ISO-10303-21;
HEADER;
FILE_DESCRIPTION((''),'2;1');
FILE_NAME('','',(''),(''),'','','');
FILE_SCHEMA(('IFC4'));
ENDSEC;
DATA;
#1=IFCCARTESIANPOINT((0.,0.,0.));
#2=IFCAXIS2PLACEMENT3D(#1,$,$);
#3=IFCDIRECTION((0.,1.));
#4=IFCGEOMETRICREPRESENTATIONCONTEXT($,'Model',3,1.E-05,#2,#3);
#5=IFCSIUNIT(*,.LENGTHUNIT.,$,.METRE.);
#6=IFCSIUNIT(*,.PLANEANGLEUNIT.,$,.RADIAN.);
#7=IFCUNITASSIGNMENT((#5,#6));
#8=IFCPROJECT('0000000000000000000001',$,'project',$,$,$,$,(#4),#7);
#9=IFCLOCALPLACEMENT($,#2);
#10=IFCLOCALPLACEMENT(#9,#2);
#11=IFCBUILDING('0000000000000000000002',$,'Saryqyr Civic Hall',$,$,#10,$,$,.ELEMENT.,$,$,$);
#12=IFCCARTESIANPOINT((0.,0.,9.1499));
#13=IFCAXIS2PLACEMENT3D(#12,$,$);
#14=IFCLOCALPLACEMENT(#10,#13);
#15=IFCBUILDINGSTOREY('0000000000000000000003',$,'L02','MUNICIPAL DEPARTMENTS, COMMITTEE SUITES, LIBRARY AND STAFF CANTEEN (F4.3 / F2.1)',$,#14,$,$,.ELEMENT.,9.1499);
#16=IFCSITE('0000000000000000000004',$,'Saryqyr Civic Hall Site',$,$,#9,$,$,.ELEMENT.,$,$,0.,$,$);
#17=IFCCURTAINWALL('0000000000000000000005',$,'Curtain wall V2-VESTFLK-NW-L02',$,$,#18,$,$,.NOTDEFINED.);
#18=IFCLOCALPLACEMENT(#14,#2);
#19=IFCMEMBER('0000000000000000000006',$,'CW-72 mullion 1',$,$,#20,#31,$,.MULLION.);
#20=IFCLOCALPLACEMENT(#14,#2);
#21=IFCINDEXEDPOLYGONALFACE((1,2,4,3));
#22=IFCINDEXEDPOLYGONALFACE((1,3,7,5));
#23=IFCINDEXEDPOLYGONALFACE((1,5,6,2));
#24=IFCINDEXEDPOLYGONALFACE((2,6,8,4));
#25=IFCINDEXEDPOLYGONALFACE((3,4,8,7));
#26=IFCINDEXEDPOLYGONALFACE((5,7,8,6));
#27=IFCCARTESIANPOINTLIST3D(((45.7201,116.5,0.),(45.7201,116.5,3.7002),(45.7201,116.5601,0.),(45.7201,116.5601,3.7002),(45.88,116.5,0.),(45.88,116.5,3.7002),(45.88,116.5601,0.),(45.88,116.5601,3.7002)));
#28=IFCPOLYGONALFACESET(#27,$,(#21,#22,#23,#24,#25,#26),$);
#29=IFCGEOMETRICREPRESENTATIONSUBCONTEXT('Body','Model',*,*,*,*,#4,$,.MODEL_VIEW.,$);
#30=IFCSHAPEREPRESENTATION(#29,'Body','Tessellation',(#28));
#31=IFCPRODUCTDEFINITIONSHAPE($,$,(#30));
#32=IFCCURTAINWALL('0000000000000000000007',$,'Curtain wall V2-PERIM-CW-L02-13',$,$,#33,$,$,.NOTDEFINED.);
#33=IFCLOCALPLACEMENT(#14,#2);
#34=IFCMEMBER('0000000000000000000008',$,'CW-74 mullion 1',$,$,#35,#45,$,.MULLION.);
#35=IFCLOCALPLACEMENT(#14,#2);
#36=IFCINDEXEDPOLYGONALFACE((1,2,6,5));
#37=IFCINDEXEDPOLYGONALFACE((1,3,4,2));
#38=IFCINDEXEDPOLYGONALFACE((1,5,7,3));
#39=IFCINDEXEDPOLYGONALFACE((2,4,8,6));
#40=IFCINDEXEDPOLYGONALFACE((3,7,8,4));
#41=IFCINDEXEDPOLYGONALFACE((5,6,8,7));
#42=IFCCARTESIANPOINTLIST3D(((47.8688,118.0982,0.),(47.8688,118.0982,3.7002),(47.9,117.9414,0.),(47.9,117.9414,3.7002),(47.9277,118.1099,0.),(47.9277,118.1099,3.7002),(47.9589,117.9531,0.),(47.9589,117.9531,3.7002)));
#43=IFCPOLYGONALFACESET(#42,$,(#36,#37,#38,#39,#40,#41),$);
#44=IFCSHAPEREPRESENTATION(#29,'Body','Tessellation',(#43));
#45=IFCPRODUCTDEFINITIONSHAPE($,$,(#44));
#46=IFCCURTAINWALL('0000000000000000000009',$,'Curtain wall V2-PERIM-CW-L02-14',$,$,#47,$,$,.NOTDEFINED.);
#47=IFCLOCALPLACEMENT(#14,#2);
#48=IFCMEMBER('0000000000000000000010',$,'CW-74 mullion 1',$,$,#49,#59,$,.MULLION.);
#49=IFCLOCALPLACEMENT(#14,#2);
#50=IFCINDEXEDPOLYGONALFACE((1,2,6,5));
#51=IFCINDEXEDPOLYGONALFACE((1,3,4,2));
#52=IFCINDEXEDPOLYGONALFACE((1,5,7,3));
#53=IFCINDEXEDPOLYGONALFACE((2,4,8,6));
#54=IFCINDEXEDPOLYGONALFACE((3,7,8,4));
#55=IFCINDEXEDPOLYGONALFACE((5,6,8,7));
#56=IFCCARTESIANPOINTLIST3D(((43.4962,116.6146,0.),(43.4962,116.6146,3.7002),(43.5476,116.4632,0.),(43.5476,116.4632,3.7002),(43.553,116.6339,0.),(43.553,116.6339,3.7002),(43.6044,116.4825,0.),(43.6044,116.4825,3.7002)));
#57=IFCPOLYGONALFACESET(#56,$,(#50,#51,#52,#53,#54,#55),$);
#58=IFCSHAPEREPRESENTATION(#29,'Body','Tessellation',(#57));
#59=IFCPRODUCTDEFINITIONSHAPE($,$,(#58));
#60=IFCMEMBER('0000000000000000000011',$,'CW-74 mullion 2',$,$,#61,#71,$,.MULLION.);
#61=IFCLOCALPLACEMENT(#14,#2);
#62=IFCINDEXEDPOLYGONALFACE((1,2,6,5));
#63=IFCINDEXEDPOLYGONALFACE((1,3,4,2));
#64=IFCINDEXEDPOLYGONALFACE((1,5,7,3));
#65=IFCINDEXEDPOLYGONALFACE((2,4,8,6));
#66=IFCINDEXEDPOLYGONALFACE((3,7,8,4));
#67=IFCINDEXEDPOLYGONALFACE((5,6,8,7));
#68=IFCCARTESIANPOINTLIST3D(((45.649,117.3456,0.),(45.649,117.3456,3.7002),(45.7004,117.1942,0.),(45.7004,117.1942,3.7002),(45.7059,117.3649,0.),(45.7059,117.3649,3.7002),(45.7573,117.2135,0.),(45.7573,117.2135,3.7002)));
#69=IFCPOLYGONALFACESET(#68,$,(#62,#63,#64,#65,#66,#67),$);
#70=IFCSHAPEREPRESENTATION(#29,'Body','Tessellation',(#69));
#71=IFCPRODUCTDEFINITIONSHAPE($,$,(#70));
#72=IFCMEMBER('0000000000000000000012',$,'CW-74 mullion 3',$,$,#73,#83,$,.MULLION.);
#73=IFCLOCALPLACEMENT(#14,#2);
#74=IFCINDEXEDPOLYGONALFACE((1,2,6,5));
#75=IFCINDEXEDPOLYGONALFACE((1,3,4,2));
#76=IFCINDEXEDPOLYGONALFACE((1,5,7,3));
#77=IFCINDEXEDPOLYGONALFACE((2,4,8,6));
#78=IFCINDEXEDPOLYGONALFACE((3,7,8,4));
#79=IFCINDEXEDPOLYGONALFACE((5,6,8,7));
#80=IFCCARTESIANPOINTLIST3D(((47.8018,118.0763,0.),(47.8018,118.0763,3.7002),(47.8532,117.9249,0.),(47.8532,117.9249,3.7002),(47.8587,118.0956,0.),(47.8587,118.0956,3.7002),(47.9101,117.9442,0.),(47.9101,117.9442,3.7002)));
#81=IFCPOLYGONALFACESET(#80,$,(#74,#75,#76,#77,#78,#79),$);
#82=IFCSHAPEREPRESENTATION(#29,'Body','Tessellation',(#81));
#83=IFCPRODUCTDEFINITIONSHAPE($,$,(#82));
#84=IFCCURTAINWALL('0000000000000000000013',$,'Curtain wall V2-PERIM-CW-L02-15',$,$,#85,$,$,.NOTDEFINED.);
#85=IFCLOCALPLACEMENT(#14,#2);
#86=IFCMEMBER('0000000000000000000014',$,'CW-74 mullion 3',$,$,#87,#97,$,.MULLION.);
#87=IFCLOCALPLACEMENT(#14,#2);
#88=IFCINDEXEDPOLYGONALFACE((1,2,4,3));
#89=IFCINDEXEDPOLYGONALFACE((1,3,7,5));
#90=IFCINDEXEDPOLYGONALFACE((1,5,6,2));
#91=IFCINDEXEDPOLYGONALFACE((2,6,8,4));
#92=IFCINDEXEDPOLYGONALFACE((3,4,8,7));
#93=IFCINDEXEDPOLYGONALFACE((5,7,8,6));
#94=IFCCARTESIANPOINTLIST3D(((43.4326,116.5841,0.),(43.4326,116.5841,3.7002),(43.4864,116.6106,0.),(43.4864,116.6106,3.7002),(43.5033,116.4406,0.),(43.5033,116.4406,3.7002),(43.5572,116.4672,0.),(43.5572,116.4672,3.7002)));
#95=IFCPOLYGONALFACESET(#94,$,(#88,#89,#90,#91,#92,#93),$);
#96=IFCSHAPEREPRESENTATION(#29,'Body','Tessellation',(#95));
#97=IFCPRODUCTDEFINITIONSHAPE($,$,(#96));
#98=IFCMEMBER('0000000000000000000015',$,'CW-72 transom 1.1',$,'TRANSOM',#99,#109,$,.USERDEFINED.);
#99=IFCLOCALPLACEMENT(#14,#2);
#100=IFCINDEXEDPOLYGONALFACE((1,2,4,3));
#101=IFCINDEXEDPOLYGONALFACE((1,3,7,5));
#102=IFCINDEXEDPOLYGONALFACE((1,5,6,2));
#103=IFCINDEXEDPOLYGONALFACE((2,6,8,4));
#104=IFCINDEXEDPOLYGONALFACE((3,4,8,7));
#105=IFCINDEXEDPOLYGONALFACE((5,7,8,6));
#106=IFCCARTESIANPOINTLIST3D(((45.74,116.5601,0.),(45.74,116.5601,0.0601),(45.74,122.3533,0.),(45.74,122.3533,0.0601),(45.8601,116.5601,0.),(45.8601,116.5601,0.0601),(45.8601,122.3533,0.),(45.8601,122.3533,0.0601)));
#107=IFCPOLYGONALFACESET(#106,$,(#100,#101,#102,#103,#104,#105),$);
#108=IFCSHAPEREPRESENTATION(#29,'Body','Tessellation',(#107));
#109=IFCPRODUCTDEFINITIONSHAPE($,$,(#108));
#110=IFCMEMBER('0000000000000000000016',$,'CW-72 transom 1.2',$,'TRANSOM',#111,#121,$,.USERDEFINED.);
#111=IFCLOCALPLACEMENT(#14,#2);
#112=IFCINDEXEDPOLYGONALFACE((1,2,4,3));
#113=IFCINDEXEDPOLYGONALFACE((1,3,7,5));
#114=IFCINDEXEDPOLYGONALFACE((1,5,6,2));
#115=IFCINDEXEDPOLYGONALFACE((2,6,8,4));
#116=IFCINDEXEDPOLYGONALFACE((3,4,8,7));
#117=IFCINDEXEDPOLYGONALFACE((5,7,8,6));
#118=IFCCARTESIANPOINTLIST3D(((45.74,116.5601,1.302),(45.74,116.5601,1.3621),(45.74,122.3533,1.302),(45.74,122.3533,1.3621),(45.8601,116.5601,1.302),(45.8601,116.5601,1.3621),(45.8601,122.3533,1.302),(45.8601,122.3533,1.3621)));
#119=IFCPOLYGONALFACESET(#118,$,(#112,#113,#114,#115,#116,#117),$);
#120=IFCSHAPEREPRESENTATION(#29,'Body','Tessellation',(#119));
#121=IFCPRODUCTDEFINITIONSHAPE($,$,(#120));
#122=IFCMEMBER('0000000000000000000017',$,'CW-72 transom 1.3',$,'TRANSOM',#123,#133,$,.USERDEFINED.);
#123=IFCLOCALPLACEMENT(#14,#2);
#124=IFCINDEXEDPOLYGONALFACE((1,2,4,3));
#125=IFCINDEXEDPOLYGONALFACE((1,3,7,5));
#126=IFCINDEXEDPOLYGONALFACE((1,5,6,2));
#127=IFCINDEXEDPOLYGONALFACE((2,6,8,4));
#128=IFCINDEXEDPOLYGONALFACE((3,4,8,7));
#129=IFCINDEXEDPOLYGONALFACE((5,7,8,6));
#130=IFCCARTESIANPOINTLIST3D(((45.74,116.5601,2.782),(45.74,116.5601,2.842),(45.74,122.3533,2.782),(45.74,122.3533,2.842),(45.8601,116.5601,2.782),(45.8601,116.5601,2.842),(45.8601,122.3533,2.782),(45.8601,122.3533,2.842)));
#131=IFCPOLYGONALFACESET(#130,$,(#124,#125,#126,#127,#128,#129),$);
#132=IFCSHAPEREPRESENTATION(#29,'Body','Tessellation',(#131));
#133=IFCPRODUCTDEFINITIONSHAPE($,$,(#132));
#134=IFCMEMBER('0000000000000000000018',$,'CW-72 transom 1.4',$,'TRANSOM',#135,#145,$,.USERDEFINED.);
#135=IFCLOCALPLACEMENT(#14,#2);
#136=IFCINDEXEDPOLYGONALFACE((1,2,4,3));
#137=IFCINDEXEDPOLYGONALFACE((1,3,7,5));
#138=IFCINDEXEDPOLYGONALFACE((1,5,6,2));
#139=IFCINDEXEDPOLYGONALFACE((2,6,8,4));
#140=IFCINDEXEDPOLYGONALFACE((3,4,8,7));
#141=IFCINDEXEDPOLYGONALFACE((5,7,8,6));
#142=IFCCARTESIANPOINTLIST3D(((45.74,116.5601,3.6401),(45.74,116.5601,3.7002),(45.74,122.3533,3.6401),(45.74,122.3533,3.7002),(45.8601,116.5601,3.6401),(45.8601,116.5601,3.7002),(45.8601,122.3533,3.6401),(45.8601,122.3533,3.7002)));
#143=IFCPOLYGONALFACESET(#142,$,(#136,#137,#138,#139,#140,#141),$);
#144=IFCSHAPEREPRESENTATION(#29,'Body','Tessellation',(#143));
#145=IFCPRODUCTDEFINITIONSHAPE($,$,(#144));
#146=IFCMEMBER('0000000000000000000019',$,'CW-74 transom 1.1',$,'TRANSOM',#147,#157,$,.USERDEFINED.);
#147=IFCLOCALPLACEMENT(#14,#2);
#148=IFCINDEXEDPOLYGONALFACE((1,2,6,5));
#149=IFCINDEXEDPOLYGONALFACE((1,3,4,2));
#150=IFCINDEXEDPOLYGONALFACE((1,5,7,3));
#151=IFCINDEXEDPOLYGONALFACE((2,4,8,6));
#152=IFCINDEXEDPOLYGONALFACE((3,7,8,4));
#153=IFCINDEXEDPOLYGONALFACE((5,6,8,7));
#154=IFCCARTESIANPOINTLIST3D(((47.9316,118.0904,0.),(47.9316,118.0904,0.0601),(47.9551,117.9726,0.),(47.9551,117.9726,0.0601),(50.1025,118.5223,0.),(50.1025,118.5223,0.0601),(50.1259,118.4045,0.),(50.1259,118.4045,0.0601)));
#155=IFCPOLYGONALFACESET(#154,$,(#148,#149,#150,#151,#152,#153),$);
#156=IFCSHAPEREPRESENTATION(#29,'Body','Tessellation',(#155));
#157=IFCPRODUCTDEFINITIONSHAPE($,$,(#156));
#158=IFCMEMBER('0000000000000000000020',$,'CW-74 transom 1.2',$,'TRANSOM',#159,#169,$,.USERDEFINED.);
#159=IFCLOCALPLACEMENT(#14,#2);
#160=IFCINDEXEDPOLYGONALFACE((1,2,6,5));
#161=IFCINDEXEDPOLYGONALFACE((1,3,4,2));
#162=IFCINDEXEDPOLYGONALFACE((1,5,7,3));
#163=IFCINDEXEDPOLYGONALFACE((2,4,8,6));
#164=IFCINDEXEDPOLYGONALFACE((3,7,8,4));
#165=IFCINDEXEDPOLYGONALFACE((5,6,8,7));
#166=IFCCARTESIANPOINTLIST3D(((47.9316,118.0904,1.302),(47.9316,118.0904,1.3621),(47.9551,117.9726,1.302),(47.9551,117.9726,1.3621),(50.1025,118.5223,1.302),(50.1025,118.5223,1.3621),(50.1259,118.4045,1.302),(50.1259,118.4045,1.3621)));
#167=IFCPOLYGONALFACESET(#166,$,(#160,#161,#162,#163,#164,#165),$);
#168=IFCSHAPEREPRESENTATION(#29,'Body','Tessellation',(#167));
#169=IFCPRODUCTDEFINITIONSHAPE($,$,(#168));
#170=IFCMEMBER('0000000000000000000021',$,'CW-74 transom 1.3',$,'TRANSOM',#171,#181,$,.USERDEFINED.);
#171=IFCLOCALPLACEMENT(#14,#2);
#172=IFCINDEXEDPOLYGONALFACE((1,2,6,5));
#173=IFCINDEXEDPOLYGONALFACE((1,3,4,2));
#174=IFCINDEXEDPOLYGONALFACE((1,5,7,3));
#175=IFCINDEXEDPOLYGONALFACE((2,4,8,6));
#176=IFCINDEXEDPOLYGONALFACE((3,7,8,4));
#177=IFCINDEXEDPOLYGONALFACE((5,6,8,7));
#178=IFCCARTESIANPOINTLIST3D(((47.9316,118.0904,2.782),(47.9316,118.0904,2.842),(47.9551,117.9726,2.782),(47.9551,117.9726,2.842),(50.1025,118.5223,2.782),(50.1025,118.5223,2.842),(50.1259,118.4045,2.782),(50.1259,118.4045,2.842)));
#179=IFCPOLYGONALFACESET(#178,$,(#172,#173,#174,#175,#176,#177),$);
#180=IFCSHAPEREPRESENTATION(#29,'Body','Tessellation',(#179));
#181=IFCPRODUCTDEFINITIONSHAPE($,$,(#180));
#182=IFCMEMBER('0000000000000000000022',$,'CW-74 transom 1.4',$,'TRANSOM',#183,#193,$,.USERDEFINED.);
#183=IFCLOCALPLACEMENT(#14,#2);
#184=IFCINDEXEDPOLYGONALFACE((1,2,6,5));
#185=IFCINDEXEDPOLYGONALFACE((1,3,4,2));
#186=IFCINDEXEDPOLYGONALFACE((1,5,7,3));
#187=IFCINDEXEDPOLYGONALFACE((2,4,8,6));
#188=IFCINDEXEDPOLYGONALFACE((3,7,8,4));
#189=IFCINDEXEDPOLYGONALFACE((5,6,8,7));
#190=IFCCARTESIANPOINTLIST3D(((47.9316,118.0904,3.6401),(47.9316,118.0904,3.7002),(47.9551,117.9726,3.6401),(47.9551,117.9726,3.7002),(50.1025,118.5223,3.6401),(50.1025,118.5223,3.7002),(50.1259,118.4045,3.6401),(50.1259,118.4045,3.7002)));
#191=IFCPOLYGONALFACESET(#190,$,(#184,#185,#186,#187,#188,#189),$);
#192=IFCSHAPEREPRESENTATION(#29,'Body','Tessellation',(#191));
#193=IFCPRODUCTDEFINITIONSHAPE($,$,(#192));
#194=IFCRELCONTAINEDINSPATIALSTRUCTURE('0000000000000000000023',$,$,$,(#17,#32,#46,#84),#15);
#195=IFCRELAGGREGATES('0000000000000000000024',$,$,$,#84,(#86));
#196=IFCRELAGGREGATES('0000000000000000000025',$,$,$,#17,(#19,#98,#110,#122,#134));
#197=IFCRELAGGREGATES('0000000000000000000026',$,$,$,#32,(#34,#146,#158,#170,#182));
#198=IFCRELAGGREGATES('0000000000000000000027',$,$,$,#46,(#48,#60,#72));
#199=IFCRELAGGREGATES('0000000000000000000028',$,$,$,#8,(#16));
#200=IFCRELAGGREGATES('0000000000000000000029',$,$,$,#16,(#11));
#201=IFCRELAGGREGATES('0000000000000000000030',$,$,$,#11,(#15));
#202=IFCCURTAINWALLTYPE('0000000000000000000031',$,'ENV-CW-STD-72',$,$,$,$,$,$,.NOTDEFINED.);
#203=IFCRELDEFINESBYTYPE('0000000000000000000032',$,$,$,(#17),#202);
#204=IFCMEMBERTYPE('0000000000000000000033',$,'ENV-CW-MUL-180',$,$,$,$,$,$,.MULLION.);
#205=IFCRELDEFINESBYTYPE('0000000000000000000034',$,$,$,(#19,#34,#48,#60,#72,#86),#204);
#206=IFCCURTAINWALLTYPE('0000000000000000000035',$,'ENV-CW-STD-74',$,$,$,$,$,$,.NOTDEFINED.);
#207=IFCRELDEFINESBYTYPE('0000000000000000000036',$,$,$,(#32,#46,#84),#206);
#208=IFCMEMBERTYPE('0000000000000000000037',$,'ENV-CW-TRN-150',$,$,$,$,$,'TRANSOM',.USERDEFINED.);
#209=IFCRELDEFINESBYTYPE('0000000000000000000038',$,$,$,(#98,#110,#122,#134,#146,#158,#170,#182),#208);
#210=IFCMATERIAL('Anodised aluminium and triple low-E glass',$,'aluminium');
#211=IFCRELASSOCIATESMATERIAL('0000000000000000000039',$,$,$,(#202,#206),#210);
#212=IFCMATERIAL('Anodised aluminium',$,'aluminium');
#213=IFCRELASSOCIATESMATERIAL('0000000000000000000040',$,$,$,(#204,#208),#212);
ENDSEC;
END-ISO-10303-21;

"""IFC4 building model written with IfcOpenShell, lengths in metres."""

from ifc_helpers import new_model, si_unit, direction, frame, origin, origin_2d, place, context, subcontext, project, spatial, rectangle, extrude, material, material_profile, profile_set, type_object, element, aggregate, save


model = new_model("IFC4")

# Units and contexts
model_context = context("Model", 3, precision=1e-05, world=origin(), true_north=direction((0.0, 1.0)))
body_context = subcontext(model_context, "Body", "Model", "MODEL_VIEW")
ifc_project = project(units=[si_unit("LENGTHUNIT", "METRE"), si_unit("PLANEANGLEUNIT", "RADIAN")], contexts=[model_context])

# Site, building, storey
site_placement = place(None, origin())
site = spatial("IfcSite", under=ifc_project, at=site_placement, Name="Saryqyr Civic Hall Site", CompositionType="ELEMENT", RefElevation=0.0)
building_placement = place(site_placement, origin())
building = spatial("IfcBuilding", under=site, at=building_placement, Name="Saryqyr Civic Hall", CompositionType="ELEMENT")
storey_placement = place(building_placement, frame((0.0, 0.0, 9.1499)))
storey = spatial("IfcBuildingStorey", under=building, at=storey_placement, Name="L02", Description="MUNICIPAL DEPARTMENTS, COMMITTEE SUITES, LIBRARY AND STAFF CANTEEN (F4.3 / F2.1)", CompositionType="ELEMENT", Elevation=9.1499)

# Curtain walls, members
ifc_material_1 = material(Name="Anodised aluminium and triple low-E glass", Category="aluminium")
curtain_wall_type_1 = type_object("IfcCurtainWallType", Name="ENV-CW-STD-72", PredefinedType="NOTDEFINED", material=ifc_material_1)
curtain_wall_1_placement = place(storey_placement, origin())
curtain_wall_1 = element("IfcCurtainWall", 1, at=curtain_wall_1_placement, inside=storey, type_object=curtain_wall_type_1, Name="Curtain wall V2-VESTFLK-NW-L02", PredefinedType="NOTDEFINED")
ifc_material_2 = material(Name="Anodised aluminium", Category="aluminium")
ifc_material_profile_1 = material_profile(ifc_material_2, rectangle(XDim=0.0601, YDim=0.1599, at=origin_2d()), Name="ALU MULLION 60x160")
ifc_profile_set_1 = profile_set([ifc_material_profile_1], Name="Anodised aluminium")
member_type_1 = type_object("IfcMemberType", Name="ENV-CW-MUL-180", PredefinedType="MULLION", material=ifc_profile_set_1)
member_1_placement = place(storey_placement, frame((45.8, 116.53, 0.0), z_axis=(0.0, 0.0, 1.0), x_axis=(0.0, 1.0, 0.0)))
member_1 = element("IfcMember", 2, at=member_1_placement, type_object=member_type_1, Name="CW-72 mullion 1", PredefinedType="MULLION", context=body_context, shape_type="SweptSolid", body=[
    extrude(rectangle(XDim=0.0601, YDim=0.1599, at=origin_2d()), origin(), (0.0, 0.0, 1.0), 3.7002),
])
curtain_wall_type_2 = type_object("IfcCurtainWallType", Name="ENV-CW-STD-74", PredefinedType="NOTDEFINED", material=ifc_material_1)
curtain_wall_2_placement = place(storey_placement, origin())
curtain_wall_2 = element("IfcCurtainWall", 3, at=curtain_wall_2_placement, inside=storey, type_object=curtain_wall_type_2, Name="Curtain wall V2-PERIM-CW-L02-13", PredefinedType="NOTDEFINED")
member_2_placement = place(storey_placement, frame((47.9138, 118.0256, 0.0), z_axis=(0.0, 0.0, 1.0), x_axis=(0.980785, 0.195093, 0.0)))
member_2 = element("IfcMember", 4, at=member_2_placement, type_object=member_type_1, Name="CW-74 mullion 1", PredefinedType="MULLION", context=body_context, shape_type="SweptSolid", body=[
    extrude(rectangle(XDim=0.0601, YDim=0.1599, at=origin_2d()), origin(), (0.0, 0.0, 1.0), 3.7002),
])

# Curtain wall, members
curtain_wall_3_placement = place(storey_placement, origin())
curtain_wall_3 = element("IfcCurtainWall", 5, at=curtain_wall_3_placement, inside=storey, type_object=curtain_wall_type_2, Name="Curtain wall V2-PERIM-CW-L02-14", PredefinedType="NOTDEFINED")
member_3_placement = place(storey_placement, frame((43.5503, 116.5486, 0.0), z_axis=(0.0, 0.0, 1.0), x_axis=(0.946928, 0.321445, 0.0)))
member_3 = element("IfcMember", 6, at=member_3_placement, type_object=member_type_1, Name="CW-74 mullion 1", PredefinedType="MULLION", context=body_context, shape_type="SweptSolid", body=[
    extrude(rectangle(XDim=0.0601, YDim=0.1599, at=origin_2d()), origin(), (0.0, 0.0, 1.0), 3.7002),
])
member_4_placement = place(storey_placement, frame((45.7031, 117.2795, 0.0), z_axis=(0.0, 0.0, 1.0), x_axis=(0.946928, 0.321445, 0.0)))
member_4 = element("IfcMember", 7, at=member_4_placement, type_object=member_type_1, Name="CW-74 mullion 2", PredefinedType="MULLION", context=body_context, shape_type="SweptSolid", body=[
    extrude(rectangle(XDim=0.0601, YDim=0.1599, at=origin_2d()), origin(), (0.0, 0.0, 1.0), 3.7002),
])
member_5_placement = place(storey_placement, frame((47.856, 118.0103, 0.0), z_axis=(0.0, 0.0, 1.0), x_axis=(0.946928, 0.321445, 0.0)))
member_5 = element("IfcMember", 8, at=member_5_placement, type_object=member_type_1, Name="CW-74 mullion 3", PredefinedType="MULLION", context=body_context, shape_type="SweptSolid", body=[
    extrude(rectangle(XDim=0.0601, YDim=0.1599, at=origin_2d()), origin(), (0.0, 0.0, 1.0), 3.7002),
])

# Curtain wall, member
curtain_wall_4_placement = place(storey_placement, origin())
curtain_wall_4 = element("IfcCurtainWall", 9, at=curtain_wall_4_placement, inside=storey, type_object=curtain_wall_type_2, Name="Curtain wall V2-PERIM-CW-L02-15", PredefinedType="NOTDEFINED")
member_6_placement = place(storey_placement, frame((43.4949, 116.5256, 0.0), z_axis=(0.0, 0.0, 1.0), x_axis=(0.896875, 0.442284, 0.0)))
member_6 = element("IfcMember", 10, at=member_6_placement, type_object=member_type_1, Name="CW-74 mullion 3", PredefinedType="MULLION", context=body_context, shape_type="SweptSolid", body=[
    extrude(rectangle(XDim=0.0601, YDim=0.1599, at=origin_2d()), origin(), (0.0, 0.0, 1.0), 3.7002),
])
aggregate(curtain_wall_4, [member_6])

# Members
ifc_material_profile_2 = material_profile(ifc_material_2, rectangle(XDim=0.1201, YDim=0.0601, at=origin_2d()), Name="ALU TRANSOM 120x60")
ifc_profile_set_2 = profile_set([ifc_material_profile_2], Name="Anodised aluminium")
member_type_2 = type_object("IfcMemberType", Name="ENV-CW-TRN-150", ElementType="TRANSOM", PredefinedType="USERDEFINED", material=ifc_profile_set_2)
member_7_placement = place(storey_placement, frame((45.8, 116.5601, 0.03), z_axis=(0.0, 1.0, 0.0), x_axis=(-1.0, 0.0, 0.0)))
member_7 = element("IfcMember", 11, at=member_7_placement, type_object=member_type_2, Name="CW-72 transom 1.1", ObjectType="TRANSOM", PredefinedType="USERDEFINED", context=body_context, shape_type="SweptSolid", body=[
    extrude(rectangle(XDim=0.1201, YDim=0.0601, at=origin_2d()), origin(), (0.0, 0.0, 1.0), 5.7932),
])
member_8_placement = place(storey_placement, frame((45.8, 116.5601, 1.332), z_axis=(0.0, 1.0, 0.0), x_axis=(-1.0, 0.0, 0.0)))
member_8 = element("IfcMember", 12, at=member_8_placement, type_object=member_type_2, Name="CW-72 transom 1.2", ObjectType="TRANSOM", PredefinedType="USERDEFINED", context=body_context, shape_type="SweptSolid", body=[
    extrude(rectangle(XDim=0.1201, YDim=0.0601, at=origin_2d()), origin(), (0.0, 0.0, 1.0), 5.7932),
])
member_9_placement = place(storey_placement, frame((45.8, 116.5601, 2.812), z_axis=(0.0, 1.0, 0.0), x_axis=(-1.0, 0.0, 0.0)))
member_9 = element("IfcMember", 13, at=member_9_placement, type_object=member_type_2, Name="CW-72 transom 1.3", ObjectType="TRANSOM", PredefinedType="USERDEFINED", context=body_context, shape_type="SweptSolid", body=[
    extrude(rectangle(XDim=0.1201, YDim=0.0601, at=origin_2d()), origin(), (0.0, 0.0, 1.0), 5.7932),
])
member_10_placement = place(storey_placement, frame((45.8, 116.5601, 3.6702), z_axis=(0.0, 1.0, 0.0), x_axis=(-1.0, 0.0, 0.0)))
member_10 = element("IfcMember", 14, at=member_10_placement, type_object=member_type_2, Name="CW-72 transom 1.4", ObjectType="TRANSOM", PredefinedType="USERDEFINED", context=body_context, shape_type="SweptSolid", body=[
    extrude(rectangle(XDim=0.1201, YDim=0.0601, at=origin_2d()), origin(), (0.0, 0.0, 1.0), 5.7932),
])
aggregate(curtain_wall_1, [member_1, member_7, member_8, member_9, member_10])
member_11_placement = place(storey_placement, frame((47.9434, 118.0315, 0.03), z_axis=(0.98078, 0.195119, 0.0), x_axis=(-0.195119, 0.98078, 0.0)))
member_11 = element("IfcMember", 15, at=member_11_placement, type_object=member_type_2, Name="CW-74 transom 1.1", ObjectType="TRANSOM", PredefinedType="USERDEFINED", context=body_context, shape_type="SweptSolid", body=[
    extrude(rectangle(XDim=0.1201, YDim=0.0601, at=origin_2d()), origin(), (0.0, 0.0, 1.0), 2.2134),
])
member_12_placement = place(storey_placement, frame((47.9434, 118.0315, 1.332), z_axis=(0.98078, 0.195119, 0.0), x_axis=(-0.195119, 0.98078, 0.0)))
member_12 = element("IfcMember", 16, at=member_12_placement, type_object=member_type_2, Name="CW-74 transom 1.2", ObjectType="TRANSOM", PredefinedType="USERDEFINED", context=body_context, shape_type="SweptSolid", body=[
    extrude(rectangle(XDim=0.1201, YDim=0.0601, at=origin_2d()), origin(), (0.0, 0.0, 1.0), 2.2134),
])
member_13_placement = place(storey_placement, frame((47.9434, 118.0315, 2.812), z_axis=(0.98078, 0.195119, 0.0), x_axis=(-0.195119, 0.98078, 0.0)))
member_13 = element("IfcMember", 17, at=member_13_placement, type_object=member_type_2, Name="CW-74 transom 1.3", ObjectType="TRANSOM", PredefinedType="USERDEFINED", context=body_context, shape_type="SweptSolid", body=[
    extrude(rectangle(XDim=0.1201, YDim=0.0601, at=origin_2d()), origin(), (0.0, 0.0, 1.0), 2.2134),
])
member_14_placement = place(storey_placement, frame((47.9434, 118.0315, 3.6702), z_axis=(0.98078, 0.195119, 0.0), x_axis=(-0.195119, 0.98078, 0.0)))
member_14 = element("IfcMember", 18, at=member_14_placement, type_object=member_type_2, Name="CW-74 transom 1.4", ObjectType="TRANSOM", PredefinedType="USERDEFINED", context=body_context, shape_type="SweptSolid", body=[
    extrude(rectangle(XDim=0.1201, YDim=0.0601, at=origin_2d()), origin(), (0.0, 0.0, 1.0), 2.2134),
])

aggregate(curtain_wall_2, [member_2, member_11, member_12, member_13, member_14])
aggregate(curtain_wall_3, [member_3, member_4, member_5])

save(model, "model.ifc")
